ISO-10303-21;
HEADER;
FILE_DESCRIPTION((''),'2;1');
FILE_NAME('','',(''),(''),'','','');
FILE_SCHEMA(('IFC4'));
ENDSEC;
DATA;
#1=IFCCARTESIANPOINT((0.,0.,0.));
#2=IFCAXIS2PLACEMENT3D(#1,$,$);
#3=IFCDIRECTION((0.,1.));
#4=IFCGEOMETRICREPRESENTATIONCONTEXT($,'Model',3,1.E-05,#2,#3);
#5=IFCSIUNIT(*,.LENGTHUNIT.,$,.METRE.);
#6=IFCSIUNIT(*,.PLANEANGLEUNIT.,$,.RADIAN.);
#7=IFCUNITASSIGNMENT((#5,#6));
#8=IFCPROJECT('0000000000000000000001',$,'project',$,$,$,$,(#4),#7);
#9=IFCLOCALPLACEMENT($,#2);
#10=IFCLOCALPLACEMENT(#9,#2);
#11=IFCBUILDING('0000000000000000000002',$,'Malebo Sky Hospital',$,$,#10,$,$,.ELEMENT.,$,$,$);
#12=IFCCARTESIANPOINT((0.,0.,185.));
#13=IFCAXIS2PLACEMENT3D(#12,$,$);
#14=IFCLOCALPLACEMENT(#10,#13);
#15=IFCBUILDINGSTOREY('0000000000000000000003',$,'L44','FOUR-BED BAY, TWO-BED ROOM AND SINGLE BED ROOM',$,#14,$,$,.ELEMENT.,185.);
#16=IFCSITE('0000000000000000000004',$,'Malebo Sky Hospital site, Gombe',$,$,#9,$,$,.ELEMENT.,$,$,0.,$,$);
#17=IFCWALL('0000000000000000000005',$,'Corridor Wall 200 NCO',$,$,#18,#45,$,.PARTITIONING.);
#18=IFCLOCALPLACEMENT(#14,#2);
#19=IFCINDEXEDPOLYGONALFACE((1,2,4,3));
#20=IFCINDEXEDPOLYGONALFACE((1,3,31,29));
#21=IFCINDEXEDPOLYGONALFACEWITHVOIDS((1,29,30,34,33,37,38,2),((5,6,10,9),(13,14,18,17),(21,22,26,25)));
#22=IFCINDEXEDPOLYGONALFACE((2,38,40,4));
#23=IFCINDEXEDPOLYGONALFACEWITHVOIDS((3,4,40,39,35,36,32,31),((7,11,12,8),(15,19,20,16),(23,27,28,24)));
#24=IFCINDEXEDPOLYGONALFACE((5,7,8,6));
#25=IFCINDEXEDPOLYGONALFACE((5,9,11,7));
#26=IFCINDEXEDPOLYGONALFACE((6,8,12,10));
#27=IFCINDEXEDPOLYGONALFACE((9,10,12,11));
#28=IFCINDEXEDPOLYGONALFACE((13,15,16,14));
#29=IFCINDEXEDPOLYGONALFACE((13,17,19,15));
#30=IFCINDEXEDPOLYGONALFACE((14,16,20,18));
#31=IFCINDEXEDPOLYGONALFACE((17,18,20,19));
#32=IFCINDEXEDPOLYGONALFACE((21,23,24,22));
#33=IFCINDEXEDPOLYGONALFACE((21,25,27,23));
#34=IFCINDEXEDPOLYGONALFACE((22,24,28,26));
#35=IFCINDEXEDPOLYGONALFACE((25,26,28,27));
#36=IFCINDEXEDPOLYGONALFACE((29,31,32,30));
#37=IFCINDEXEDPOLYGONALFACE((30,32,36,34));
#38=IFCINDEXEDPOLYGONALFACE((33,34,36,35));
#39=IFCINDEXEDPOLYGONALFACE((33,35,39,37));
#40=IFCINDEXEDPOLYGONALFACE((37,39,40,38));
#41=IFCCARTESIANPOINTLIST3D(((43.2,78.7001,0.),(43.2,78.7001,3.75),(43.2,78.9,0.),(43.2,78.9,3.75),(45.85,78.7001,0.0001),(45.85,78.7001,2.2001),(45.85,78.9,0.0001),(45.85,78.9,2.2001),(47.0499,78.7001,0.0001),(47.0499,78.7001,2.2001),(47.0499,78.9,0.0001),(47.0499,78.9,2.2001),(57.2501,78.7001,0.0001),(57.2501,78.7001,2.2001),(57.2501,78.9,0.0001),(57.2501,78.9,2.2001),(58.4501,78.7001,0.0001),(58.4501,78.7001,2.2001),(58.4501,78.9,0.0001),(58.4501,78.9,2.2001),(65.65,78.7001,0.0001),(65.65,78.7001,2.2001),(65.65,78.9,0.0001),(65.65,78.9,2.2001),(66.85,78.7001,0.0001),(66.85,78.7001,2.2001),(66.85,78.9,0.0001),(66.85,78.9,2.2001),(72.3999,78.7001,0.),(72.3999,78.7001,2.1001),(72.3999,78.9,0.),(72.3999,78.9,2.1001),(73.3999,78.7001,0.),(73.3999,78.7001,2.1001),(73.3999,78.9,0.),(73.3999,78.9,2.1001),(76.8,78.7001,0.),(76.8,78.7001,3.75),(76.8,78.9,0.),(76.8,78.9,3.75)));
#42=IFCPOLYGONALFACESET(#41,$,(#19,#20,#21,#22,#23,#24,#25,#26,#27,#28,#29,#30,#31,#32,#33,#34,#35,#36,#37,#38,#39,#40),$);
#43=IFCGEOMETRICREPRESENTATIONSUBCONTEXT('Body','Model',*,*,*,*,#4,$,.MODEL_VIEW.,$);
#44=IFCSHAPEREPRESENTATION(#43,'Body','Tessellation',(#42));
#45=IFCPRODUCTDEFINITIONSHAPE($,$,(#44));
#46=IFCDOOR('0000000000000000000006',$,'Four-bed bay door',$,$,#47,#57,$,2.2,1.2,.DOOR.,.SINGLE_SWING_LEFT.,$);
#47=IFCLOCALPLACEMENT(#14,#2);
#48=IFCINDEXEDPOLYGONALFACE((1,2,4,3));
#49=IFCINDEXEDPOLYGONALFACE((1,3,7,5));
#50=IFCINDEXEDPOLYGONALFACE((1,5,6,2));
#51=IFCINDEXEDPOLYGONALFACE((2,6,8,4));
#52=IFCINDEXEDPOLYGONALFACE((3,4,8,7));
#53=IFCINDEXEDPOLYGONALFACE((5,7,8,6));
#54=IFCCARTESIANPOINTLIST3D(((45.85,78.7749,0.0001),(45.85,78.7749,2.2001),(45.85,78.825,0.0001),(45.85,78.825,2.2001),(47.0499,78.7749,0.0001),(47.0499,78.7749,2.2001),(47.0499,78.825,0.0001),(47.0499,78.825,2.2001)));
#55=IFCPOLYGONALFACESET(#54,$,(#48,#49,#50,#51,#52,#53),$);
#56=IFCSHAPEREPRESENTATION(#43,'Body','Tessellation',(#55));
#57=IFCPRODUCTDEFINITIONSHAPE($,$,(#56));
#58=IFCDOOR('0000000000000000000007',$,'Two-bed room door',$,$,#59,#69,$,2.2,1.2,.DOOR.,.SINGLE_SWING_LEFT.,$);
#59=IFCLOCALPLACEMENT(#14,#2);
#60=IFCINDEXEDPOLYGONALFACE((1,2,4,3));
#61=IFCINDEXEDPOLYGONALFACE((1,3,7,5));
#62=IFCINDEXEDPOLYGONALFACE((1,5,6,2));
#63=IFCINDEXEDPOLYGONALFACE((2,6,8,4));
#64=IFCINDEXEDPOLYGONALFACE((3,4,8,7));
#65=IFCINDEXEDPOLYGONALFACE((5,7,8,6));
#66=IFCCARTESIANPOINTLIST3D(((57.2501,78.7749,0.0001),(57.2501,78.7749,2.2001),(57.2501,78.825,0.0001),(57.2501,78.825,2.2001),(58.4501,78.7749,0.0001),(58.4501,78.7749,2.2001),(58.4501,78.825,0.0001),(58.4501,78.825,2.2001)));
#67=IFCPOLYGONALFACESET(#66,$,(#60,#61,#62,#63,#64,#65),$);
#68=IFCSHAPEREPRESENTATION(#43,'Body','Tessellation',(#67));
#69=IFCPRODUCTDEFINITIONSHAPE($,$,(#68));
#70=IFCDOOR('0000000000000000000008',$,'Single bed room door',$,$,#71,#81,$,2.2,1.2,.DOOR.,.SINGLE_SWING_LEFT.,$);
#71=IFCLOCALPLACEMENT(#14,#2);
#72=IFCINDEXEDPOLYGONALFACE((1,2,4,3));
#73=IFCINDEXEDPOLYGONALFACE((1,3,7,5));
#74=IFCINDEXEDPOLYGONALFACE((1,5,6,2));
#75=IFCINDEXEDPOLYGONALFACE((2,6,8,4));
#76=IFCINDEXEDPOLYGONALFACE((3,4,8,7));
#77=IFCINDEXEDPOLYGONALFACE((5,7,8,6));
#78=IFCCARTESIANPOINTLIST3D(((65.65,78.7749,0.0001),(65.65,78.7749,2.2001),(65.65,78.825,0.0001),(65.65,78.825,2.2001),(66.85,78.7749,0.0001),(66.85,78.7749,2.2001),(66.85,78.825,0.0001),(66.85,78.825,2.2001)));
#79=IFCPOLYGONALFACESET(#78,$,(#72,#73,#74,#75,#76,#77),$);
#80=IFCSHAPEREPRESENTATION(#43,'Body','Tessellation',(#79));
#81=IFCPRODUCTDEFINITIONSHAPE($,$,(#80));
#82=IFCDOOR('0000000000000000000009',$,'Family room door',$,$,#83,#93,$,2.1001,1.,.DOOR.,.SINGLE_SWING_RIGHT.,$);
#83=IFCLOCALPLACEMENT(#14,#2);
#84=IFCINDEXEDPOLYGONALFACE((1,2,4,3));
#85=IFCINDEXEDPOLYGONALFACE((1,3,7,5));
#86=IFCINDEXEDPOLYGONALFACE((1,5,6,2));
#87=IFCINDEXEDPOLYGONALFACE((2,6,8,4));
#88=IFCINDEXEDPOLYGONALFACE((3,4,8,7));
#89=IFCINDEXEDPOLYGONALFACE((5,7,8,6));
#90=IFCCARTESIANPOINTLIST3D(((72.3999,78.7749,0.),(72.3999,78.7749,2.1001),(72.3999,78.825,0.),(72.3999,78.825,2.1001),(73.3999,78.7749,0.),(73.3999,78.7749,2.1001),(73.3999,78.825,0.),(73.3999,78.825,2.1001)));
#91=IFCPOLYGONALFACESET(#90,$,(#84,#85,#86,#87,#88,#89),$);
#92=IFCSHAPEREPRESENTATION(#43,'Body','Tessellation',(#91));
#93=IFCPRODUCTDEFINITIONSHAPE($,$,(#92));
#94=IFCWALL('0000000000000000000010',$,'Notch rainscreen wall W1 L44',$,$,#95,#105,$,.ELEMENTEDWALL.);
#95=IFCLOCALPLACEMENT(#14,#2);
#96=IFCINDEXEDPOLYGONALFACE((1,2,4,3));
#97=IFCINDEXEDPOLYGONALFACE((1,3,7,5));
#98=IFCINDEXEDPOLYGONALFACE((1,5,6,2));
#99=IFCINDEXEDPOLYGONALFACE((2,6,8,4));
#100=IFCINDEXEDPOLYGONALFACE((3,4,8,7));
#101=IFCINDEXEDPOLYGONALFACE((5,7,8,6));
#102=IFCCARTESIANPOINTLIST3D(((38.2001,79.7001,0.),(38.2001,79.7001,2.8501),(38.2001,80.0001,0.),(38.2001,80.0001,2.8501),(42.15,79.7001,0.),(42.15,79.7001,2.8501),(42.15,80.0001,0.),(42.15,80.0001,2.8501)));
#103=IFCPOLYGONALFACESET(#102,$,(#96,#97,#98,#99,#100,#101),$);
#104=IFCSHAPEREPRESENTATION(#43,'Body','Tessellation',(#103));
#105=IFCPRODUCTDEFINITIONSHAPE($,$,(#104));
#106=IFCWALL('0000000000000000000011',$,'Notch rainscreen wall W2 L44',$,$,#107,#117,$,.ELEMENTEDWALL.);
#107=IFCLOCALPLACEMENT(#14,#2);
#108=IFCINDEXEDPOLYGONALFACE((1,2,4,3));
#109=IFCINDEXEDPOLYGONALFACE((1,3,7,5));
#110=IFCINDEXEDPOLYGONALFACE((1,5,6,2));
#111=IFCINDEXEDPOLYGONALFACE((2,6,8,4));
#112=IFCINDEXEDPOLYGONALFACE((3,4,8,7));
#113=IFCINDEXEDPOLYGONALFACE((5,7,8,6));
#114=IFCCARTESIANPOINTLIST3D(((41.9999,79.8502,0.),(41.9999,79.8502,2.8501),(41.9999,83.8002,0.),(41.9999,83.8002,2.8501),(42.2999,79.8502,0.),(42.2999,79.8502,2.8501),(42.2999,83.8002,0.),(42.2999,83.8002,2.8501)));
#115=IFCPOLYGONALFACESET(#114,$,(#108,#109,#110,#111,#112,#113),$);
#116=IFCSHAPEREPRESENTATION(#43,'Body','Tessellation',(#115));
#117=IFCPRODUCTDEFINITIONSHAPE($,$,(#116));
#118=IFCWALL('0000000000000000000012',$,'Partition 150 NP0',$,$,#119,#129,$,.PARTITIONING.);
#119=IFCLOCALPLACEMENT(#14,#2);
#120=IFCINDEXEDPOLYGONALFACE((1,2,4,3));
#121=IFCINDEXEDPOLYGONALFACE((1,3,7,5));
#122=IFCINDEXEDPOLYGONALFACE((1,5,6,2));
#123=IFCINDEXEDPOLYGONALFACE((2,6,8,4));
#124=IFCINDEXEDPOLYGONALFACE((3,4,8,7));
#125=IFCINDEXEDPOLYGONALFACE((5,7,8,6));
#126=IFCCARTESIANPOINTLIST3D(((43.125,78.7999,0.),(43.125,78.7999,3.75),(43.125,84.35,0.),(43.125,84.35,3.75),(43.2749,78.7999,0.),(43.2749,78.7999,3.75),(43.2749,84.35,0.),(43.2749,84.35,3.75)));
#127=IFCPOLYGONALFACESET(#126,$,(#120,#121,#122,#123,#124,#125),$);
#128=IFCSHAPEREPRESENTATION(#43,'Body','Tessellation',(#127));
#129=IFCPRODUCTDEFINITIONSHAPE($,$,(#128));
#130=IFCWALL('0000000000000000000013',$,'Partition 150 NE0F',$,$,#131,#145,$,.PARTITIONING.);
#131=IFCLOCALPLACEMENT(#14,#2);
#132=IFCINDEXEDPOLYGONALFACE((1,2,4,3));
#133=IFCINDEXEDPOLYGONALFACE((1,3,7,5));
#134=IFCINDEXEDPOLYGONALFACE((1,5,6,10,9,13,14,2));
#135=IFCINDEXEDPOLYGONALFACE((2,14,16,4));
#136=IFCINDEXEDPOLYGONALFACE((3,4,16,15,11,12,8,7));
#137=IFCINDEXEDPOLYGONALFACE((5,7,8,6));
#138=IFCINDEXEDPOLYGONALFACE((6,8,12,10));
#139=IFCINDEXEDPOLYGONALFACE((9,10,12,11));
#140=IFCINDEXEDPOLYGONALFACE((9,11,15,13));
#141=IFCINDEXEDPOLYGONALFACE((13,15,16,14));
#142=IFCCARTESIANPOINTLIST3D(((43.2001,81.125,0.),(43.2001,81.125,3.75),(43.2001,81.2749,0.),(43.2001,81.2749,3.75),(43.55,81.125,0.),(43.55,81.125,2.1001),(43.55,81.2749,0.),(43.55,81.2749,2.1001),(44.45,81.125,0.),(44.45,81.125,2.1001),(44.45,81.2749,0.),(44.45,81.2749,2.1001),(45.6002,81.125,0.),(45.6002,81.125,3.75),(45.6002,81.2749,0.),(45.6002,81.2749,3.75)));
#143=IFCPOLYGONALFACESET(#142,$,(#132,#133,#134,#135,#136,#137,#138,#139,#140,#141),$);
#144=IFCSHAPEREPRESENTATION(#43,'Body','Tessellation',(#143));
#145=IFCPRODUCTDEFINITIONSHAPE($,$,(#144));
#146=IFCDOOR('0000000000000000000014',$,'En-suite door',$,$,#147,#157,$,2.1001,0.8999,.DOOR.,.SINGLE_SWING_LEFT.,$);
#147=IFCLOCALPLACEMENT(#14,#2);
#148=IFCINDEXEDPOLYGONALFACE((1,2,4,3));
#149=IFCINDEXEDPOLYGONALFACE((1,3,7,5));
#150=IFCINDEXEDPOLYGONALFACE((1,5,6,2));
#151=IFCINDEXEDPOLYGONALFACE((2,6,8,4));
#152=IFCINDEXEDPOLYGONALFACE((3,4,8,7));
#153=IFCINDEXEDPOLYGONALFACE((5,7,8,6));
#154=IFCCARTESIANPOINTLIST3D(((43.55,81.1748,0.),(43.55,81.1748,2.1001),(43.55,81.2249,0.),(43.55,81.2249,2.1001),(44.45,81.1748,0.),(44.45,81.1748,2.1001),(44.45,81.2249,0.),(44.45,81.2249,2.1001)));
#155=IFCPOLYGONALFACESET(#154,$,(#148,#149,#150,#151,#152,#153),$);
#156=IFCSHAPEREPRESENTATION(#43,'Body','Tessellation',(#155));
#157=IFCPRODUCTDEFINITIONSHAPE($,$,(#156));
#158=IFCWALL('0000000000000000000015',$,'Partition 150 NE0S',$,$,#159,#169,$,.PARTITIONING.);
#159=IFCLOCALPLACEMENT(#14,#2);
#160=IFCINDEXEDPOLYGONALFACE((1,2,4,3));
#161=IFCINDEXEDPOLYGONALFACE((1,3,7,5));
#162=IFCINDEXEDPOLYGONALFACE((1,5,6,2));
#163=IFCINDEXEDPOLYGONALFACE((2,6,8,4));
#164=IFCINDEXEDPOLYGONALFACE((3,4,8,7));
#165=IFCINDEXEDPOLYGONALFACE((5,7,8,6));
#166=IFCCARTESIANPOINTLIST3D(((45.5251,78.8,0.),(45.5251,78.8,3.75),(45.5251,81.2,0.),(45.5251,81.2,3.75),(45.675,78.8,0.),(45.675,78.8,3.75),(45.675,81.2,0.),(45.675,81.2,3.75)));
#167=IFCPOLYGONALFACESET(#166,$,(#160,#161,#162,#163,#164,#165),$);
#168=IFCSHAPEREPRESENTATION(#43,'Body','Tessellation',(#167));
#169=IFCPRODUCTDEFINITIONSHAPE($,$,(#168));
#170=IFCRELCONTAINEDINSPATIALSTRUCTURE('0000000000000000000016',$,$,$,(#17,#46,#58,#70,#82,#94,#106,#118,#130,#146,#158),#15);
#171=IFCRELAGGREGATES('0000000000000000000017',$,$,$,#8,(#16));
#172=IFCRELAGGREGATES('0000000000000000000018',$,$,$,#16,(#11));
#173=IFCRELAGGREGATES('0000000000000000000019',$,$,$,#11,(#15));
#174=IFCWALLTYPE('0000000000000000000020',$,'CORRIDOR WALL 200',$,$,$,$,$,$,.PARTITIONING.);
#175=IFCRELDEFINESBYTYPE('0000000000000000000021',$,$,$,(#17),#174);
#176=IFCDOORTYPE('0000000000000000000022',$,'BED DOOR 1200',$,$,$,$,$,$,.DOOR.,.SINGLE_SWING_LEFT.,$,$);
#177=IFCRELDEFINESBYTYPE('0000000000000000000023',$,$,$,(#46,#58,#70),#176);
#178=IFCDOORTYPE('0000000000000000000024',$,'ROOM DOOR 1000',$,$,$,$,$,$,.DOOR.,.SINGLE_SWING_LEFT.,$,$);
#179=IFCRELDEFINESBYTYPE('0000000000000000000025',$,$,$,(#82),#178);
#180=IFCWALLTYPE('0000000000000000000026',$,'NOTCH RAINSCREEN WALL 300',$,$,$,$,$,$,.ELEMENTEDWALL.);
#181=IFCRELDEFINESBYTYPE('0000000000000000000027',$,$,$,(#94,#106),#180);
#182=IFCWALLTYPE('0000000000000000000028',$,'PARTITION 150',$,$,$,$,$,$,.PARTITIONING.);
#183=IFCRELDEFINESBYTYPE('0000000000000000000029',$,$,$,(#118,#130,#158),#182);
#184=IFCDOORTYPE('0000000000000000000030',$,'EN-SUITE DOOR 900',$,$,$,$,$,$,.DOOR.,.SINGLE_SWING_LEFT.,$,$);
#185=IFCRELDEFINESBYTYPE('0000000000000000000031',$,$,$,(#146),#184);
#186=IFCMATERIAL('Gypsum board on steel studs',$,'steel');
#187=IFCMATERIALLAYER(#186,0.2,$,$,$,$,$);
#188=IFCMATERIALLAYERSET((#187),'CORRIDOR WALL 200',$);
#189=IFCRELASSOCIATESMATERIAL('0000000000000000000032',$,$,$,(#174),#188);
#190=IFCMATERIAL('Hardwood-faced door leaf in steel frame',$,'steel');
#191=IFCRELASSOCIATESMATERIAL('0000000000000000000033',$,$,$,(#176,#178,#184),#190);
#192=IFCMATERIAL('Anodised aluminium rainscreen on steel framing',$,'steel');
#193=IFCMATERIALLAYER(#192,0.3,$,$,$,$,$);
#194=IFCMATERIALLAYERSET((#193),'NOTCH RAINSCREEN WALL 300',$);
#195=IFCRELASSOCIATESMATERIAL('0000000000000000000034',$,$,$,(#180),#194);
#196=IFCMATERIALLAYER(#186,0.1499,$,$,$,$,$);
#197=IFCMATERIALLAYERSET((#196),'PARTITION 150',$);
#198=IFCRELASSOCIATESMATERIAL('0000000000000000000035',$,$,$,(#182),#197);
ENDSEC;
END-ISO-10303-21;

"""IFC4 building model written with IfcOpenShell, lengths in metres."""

from ifc_helpers import new_model, si_unit, direction, frame, frame_2d, origin, place, context, subcontext, project, spatial, rectangle, extrude, material, layer, layer_set, type_object, element, fill, save


model = new_model("IFC4")

# Units and contexts
model_context = context("Model", 3, precision=1e-05, world=origin(), true_north=direction((0.0, 1.0)))
body_context = subcontext(model_context, "Body", "Model", "MODEL_VIEW")
ifc_project = project(units=[si_unit("LENGTHUNIT", "METRE"), si_unit("PLANEANGLEUNIT", "RADIAN")], contexts=[model_context])

# Site, building, storey
site_placement = place(None, origin())
site = spatial("IfcSite", under=ifc_project, at=site_placement, Name="Malebo Sky Hospital site, Gombe", CompositionType="ELEMENT", RefElevation=0.0)
building_placement = place(site_placement, origin())
building = spatial("IfcBuilding", under=site, at=building_placement, Name="Malebo Sky Hospital", CompositionType="ELEMENT")
storey_placement = place(building_placement, frame((0.0, 0.0, 185.0)))
storey = spatial("IfcBuildingStorey", under=building, at=storey_placement, Name="L44", Description="FOUR-BED BAY, TWO-BED ROOM AND SINGLE BED ROOM", CompositionType="ELEMENT", Elevation=185.0)

# Wall, openings, doors
ifc_material_1 = material(Name="Gypsum board on steel studs", Category="steel")
ifc_layer_1 = layer(ifc_material_1, 0.2)
ifc_layer_set_1 = layer_set([ifc_layer_1], Name="CORRIDOR WALL 200")
wall_type_1 = type_object("IfcWallType", Name="CORRIDOR WALL 200", PredefinedType="PARTITIONING", material=ifc_layer_set_1)
wall_1_placement = place(storey_placement, frame((43.2, 78.8, 0.0), z_axis=(0.0, 0.0, 1.0), x_axis=(1.0, 0.0, 0.0)))
wall_1 = element("IfcWall", 1, at=wall_1_placement, inside=storey, type_object=wall_type_1, Name="Corridor Wall 200 NCO", PredefinedType="PARTITIONING", context=body_context, shape_type="SweptSolid", body=[
    extrude(rectangle(XDim=33.6001, YDim=0.2, at=frame_2d((16.8, 0.0))), origin(), (0.0, 0.0, 1.0), 3.75),
])
opening_1_placement = place(wall_1_placement, frame((2.6499, 0.0, 0.0)))
opening_1 = element("IfcOpeningElement", 2, at=opening_1_placement, cuts=wall_1, PredefinedType="OPENING", context=body_context, shape_type="SweptSolid", body=[
    extrude(rectangle(XDim=1.2, YDim=2.2, at=frame_2d((0.6001, 1.1001))), frame((0.0, 0.1099, 0.0), z_axis=(0.0, -1.0, 0.0), x_axis=(1.0, 0.0, 0.0)), (0.0, 0.0, 1.0), 0.22),
])
opening_2_placement = place(wall_1_placement, frame((14.05, 0.0, 0.0)))
opening_2 = element("IfcOpeningElement", 3, at=opening_2_placement, cuts=wall_1, PredefinedType="OPENING", context=body_context, shape_type="SweptSolid", body=[
    extrude(rectangle(XDim=1.2, YDim=2.2, at=frame_2d((0.6001, 1.1001))), frame((0.0, 0.1099, 0.0), z_axis=(0.0, -1.0, 0.0), x_axis=(1.0, 0.0, 0.0)), (0.0, 0.0, 1.0), 0.22),
])
opening_3_placement = place(wall_1_placement, frame((22.45, 0.0, 0.0)))
opening_3 = element("IfcOpeningElement", 4, at=opening_3_placement, cuts=wall_1, PredefinedType="OPENING", context=body_context, shape_type="SweptSolid", body=[
    extrude(rectangle(XDim=1.2, YDim=2.2, at=frame_2d((0.6001, 1.1001))), frame((0.0, 0.1099, 0.0), z_axis=(0.0, -1.0, 0.0), x_axis=(1.0, 0.0, 0.0)), (0.0, 0.0, 1.0), 0.22),
])
opening_4_placement = place(wall_1_placement, frame((29.2, 0.0, 0.0)))
opening_4 = element("IfcOpeningElement", 5, at=opening_4_placement, cuts=wall_1, PredefinedType="OPENING", context=body_context, shape_type="SweptSolid", body=[
    extrude(rectangle(XDim=1.0, YDim=2.1001, at=frame_2d((0.5, 1.05))), frame((0.0, 0.1099, 0.0), z_axis=(0.0, -1.0, 0.0), x_axis=(1.0, 0.0, 0.0)), (0.0, 0.0, 1.0), 0.22),
])
ifc_material_2 = material(Name="Hardwood-faced door leaf in steel frame", Category="steel")
door_type_1 = type_object("IfcDoorType", Name="BED DOOR 1200", OperationType="SINGLE_SWING_LEFT", PredefinedType="DOOR", material=ifc_material_2)
door_1_placement = place(opening_1_placement, origin())
door_1 = element("IfcDoor", 6, at=door_1_placement, inside=storey, type_object=door_type_1, Name="Four-bed bay door", OperationType="SINGLE_SWING_LEFT", OverallHeight=2.2, OverallWidth=1.2, PredefinedType="DOOR", context=body_context, shape_type="SweptSolid", body=[
    extrude(rectangle(XDim=1.2, YDim=2.2, at=frame_2d((0.6001, 1.1001))), frame((0.0, 0.0249, 0.0), z_axis=(0.0, -1.0, 0.0), x_axis=(1.0, 0.0, 0.0)), (0.0, 0.0, 1.0), 0.05),
])
fill(opening_1, door_1)
door_2_placement = place(opening_2_placement, origin())
door_2 = element("IfcDoor", 7, at=door_2_placement, inside=storey, type_object=door_type_1, Name="Two-bed room door", OperationType="SINGLE_SWING_LEFT", OverallHeight=2.2, OverallWidth=1.2, PredefinedType="DOOR", context=body_context, shape_type="SweptSolid", body=[
    extrude(rectangle(XDim=1.2, YDim=2.2, at=frame_2d((0.6001, 1.1001))), frame((0.0, 0.0249, 0.0), z_axis=(0.0, -1.0, 0.0), x_axis=(1.0, 0.0, 0.0)), (0.0, 0.0, 1.0), 0.05),
])
fill(opening_2, door_2)
door_3_placement = place(opening_3_placement, origin())
door_3 = element("IfcDoor", 8, at=door_3_placement, inside=storey, type_object=door_type_1, Name="Single bed room door", OperationType="SINGLE_SWING_LEFT", OverallHeight=2.2, OverallWidth=1.2, PredefinedType="DOOR", context=body_context, shape_type="SweptSolid", body=[
    extrude(rectangle(XDim=1.2, YDim=2.2, at=frame_2d((0.6001, 1.1001))), frame((0.0, 0.0249, 0.0), z_axis=(0.0, -1.0, 0.0), x_axis=(1.0, 0.0, 0.0)), (0.0, 0.0, 1.0), 0.05),
])
fill(opening_3, door_3)
door_type_2 = type_object("IfcDoorType", Name="ROOM DOOR 1000", OperationType="SINGLE_SWING_LEFT", PredefinedType="DOOR", material=ifc_material_2)
door_4_placement = place(opening_4_placement, origin())
door_4 = element("IfcDoor", 9, at=door_4_placement, inside=storey, type_object=door_type_2, Name="Family room door", OperationType="SINGLE_SWING_RIGHT", OverallHeight=2.1001, OverallWidth=1.0, PredefinedType="DOOR", context=body_context, shape_type="SweptSolid", body=[
    extrude(rectangle(XDim=1.0, YDim=2.1001, at=frame_2d((0.5, 1.05))), frame((0.0, 0.0249, 0.0), z_axis=(0.0, -1.0, 0.0), x_axis=(1.0, 0.0, 0.0)), (0.0, 0.0, 1.0), 0.05),
])
fill(opening_4, door_4)

# Walls
ifc_material_3 = material(Name="Anodised aluminium rainscreen on steel framing", Category="steel")
ifc_layer_2 = layer(ifc_material_3, 0.3)
ifc_layer_set_2 = layer_set([ifc_layer_2], Name="NOTCH RAINSCREEN WALL 300")
wall_type_2 = type_object("IfcWallType", Name="NOTCH RAINSCREEN WALL 300", PredefinedType="ELEMENTEDWALL", material=ifc_layer_set_2)
for number, where, z_axis, x_axis, name in (
    (10, (38.2, 79.8501, 0.0), (0.0, 0.0, 1.0), (1.0, 0.0, 0.0), "Notch rainscreen wall W1 L44"),
    (11, (42.1499, 79.8501, 0.0), (0.0, 0.0, 1.0), (0.0, 1.0, 0.0), "Notch rainscreen wall W2 L44"),
):
    element("IfcWall", number, at=place(storey_placement, frame(where, z_axis=z_axis, x_axis=x_axis)), inside=storey, type_object=wall_type_2, Name=name, PredefinedType="ELEMENTEDWALL", context=body_context, shape_type="SweptSolid", body=[
        extrude(rectangle(XDim=3.95, YDim=0.3, at=frame_2d((1.9751, 0.0))), origin(), (0.0, 0.0, 1.0), 2.8501),
    ])
ifc_layer_3 = layer(ifc_material_1, 0.1499)
ifc_layer_set_3 = layer_set([ifc_layer_3], Name="PARTITION 150")
wall_type_3 = type_object("IfcWallType", Name="PARTITION 150", PredefinedType="PARTITIONING", material=ifc_layer_set_3)
wall_2_placement = place(storey_placement, frame((43.2, 78.8, 0.0), z_axis=(0.0, 0.0, 1.0), x_axis=(0.0, 1.0, 0.0)))
element("IfcWall", 12, at=wall_2_placement, inside=storey, type_object=wall_type_3, Name="Partition 150 NP0", PredefinedType="PARTITIONING", context=body_context, shape_type="SweptSolid", body=[
    extrude(rectangle(XDim=5.55, YDim=0.1499, at=frame_2d((2.7749, 0.0))), origin(), (0.0, 0.0, 1.0), 3.75),
])

# Wall, opening, door
wall_3_placement = place(storey_placement, frame((43.2, 81.2, 0.0), z_axis=(0.0, 0.0, 1.0), x_axis=(1.0, 0.0, 0.0)))
wall_3 = element("IfcWall", 13, at=wall_3_placement, inside=storey, type_object=wall_type_3, Name="Partition 150 NE0F", PredefinedType="PARTITIONING", context=body_context, shape_type="SweptSolid", body=[
    extrude(rectangle(XDim=2.4001, YDim=0.1499, at=frame_2d((1.2002, 0.0))), origin(), (0.0, 0.0, 1.0), 3.75),
])
opening_5_placement = place(wall_3_placement, frame((0.3501, 0.0, 0.0)))
opening_5 = element("IfcOpeningElement", 14, at=opening_5_placement, cuts=wall_3, PredefinedType="OPENING", context=body_context, shape_type="SweptSolid", body=[
    extrude(rectangle(XDim=0.8999, YDim=2.1001, at=frame_2d((0.45, 1.05))), frame((0.0, 0.085, 0.0), z_axis=(0.0, -1.0, 0.0), x_axis=(1.0, 0.0, 0.0)), (0.0, 0.0, 1.0), 0.1699),
])
door_type_3 = type_object("IfcDoorType", Name="EN-SUITE DOOR 900", OperationType="SINGLE_SWING_LEFT", PredefinedType="DOOR", material=ifc_material_2)
door_5_placement = place(opening_5_placement, origin())
door_5 = element("IfcDoor", 15, at=door_5_placement, inside=storey, type_object=door_type_3, Name="En-suite door", OperationType="SINGLE_SWING_LEFT", OverallHeight=2.1001, OverallWidth=0.8999, PredefinedType="DOOR", context=body_context, shape_type="SweptSolid", body=[
    extrude(rectangle(XDim=0.8999, YDim=2.1001, at=frame_2d((0.45, 1.05))), frame((0.0, 0.0249, 0.0), z_axis=(0.0, -1.0, 0.0), x_axis=(1.0, 0.0, 0.0)), (0.0, 0.0, 1.0), 0.05),
])
fill(opening_5, door_5)

# Wall
wall_4_placement = place(storey_placement, frame((45.6001, 78.8, 0.0), z_axis=(0.0, 0.0, 1.0), x_axis=(0.0, 1.0, 0.0)))
element("IfcWall", 16, at=wall_4_placement, inside=storey, type_object=wall_type_3, Name="Partition 150 NE0S", PredefinedType="PARTITIONING", context=body_context, shape_type="SweptSolid", body=[
    extrude(rectangle(XDim=2.3999, YDim=0.1499, at=frame_2d((1.2, 0.0))), origin(), (0.0, 0.0, 1.0), 3.75),
])

save(model, "model.ifc")
